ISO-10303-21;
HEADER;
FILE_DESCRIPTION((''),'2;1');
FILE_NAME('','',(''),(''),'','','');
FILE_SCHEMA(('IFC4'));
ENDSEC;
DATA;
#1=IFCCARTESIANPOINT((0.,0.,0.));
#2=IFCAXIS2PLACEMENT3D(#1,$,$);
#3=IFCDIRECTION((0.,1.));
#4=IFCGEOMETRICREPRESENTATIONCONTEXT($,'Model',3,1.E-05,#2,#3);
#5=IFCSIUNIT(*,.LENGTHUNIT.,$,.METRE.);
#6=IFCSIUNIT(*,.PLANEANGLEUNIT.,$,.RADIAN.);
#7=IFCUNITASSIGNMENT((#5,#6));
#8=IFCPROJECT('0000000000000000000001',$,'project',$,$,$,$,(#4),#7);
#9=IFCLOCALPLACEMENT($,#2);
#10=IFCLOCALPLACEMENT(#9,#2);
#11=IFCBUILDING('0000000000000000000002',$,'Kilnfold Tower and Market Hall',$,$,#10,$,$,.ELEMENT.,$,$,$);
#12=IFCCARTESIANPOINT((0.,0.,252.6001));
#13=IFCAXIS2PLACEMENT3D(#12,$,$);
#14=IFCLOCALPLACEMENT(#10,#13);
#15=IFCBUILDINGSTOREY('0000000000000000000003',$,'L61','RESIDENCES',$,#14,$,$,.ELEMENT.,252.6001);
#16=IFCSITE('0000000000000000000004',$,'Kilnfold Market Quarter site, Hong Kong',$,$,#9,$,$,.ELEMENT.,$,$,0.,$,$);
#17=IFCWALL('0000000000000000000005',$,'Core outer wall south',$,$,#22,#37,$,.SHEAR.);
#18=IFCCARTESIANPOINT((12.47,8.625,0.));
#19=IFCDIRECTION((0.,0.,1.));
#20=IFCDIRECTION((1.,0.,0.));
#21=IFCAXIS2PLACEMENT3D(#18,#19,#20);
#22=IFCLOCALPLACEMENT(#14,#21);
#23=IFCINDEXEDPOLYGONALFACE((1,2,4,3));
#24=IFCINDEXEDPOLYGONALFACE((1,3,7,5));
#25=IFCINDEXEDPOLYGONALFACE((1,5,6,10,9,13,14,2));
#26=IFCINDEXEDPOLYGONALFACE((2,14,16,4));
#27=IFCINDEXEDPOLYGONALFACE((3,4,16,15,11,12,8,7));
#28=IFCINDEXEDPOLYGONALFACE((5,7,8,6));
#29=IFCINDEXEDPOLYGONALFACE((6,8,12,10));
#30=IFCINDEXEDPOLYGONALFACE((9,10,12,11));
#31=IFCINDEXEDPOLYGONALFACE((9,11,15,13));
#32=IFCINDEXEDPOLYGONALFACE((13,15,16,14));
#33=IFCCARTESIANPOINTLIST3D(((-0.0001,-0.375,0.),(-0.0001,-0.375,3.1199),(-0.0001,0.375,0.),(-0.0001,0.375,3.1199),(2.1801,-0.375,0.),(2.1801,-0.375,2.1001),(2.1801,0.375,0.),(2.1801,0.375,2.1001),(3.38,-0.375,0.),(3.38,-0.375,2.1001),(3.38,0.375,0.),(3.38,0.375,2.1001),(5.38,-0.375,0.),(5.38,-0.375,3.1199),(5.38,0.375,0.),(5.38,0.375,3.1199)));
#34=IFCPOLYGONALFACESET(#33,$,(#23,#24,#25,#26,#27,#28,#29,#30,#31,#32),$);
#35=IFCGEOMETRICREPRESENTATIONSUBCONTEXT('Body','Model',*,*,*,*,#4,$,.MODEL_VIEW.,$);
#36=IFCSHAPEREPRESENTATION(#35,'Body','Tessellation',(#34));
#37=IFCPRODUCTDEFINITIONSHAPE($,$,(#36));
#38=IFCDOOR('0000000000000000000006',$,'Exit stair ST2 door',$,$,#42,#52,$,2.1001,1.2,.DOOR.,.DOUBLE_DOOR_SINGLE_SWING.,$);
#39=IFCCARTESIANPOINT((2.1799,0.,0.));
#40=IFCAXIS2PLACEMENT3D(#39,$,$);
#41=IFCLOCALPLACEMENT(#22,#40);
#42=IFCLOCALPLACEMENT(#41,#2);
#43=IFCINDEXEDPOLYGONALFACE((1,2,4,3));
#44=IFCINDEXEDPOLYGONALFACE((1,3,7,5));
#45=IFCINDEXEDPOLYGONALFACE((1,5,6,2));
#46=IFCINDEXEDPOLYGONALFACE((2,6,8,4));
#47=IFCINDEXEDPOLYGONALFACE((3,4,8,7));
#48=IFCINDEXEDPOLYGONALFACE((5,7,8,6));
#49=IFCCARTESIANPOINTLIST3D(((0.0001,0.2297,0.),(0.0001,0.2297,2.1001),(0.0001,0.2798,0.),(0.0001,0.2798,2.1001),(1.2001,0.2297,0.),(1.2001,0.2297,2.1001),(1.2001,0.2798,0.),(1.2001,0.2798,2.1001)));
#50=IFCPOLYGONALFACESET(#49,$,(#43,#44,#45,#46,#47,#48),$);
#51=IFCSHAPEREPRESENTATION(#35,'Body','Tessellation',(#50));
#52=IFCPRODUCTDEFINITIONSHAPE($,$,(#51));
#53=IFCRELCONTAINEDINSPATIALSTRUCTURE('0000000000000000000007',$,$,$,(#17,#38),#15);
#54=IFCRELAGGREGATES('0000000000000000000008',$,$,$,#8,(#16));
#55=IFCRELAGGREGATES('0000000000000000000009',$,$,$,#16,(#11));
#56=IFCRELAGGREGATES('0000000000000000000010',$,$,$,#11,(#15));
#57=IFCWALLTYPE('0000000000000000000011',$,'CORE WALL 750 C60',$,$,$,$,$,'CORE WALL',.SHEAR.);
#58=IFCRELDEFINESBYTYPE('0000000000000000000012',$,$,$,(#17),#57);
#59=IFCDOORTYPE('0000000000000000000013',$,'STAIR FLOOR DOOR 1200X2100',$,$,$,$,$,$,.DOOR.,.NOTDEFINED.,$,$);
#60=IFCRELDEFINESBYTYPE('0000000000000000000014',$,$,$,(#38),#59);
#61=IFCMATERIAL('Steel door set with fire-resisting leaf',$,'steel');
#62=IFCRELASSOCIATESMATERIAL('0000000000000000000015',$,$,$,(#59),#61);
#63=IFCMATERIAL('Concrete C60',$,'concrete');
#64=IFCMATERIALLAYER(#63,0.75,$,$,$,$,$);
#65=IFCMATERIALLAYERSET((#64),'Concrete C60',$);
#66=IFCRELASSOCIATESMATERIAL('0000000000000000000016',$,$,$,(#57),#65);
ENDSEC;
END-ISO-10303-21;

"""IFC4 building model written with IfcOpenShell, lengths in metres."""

from ifc_helpers import new_model, si_unit, direction, frame, frame_2d, origin, place, context, subcontext, project, spatial, rectangle, extrude, source, transform, mapped, material, layer, layer_set, type_object, element, fill, save


model = new_model("IFC4")

# Units and contexts
model_context = context("Model", 3, precision=1e-05, world=origin(), true_north=direction((0.0, 1.0)))
body_context = subcontext(model_context, "Body", "Model", "MODEL_VIEW")
ifc_project = project(units=[si_unit("LENGTHUNIT", "METRE"), si_unit("PLANEANGLEUNIT", "RADIAN")], contexts=[model_context])

# Site, building, storey
site_placement = place(None, origin())
site = spatial("IfcSite", under=ifc_project, at=site_placement, Name="Kilnfold Market Quarter site, Hong Kong", CompositionType="ELEMENT", RefElevation=0.0)
building_placement = place(site_placement, origin())
building = spatial("IfcBuilding", under=site, at=building_placement, Name="Kilnfold Tower and Market Hall", CompositionType="ELEMENT")
storey_placement = place(building_placement, frame((0.0, 0.0, 252.6001)))
storey = spatial("IfcBuildingStorey", under=building, at=storey_placement, Name="L61", Description="RESIDENCES", CompositionType="ELEMENT", Elevation=252.6001)

# Shared definitions
ifc_material_1 = material(Name="Steel door set with fire-resisting leaf", Category="steel")
door_type_1 = type_object("IfcDoorType", Name="STAIR FLOOR DOOR 1200X2100", OperationType="NOTDEFINED", PredefinedType="DOOR", material=ifc_material_1)

# Shared definitions
ifc_material_2 = material(Name="Concrete C60", Category="concrete")
ifc_layer_1 = layer(ifc_material_2, 0.75)
ifc_layer_set_1 = layer_set([ifc_layer_1], Name="Concrete C60")
wall_type_1 = type_object("IfcWallType", Name="CORE WALL 750 C60", ElementType="CORE WALL", PredefinedType="SHEAR", material=ifc_layer_set_1)

# Wall, opening, door
shared_shape_1 = source(origin(), body_context, "Body", "SweptSolid", [
    extrude(rectangle(XDim=5.3801, YDim=0.75, at=frame_2d((2.6899, 0.0))), origin(), (0.0, 0.0, 1.0), 3.1199),
])
wall_1_placement = place(storey_placement, frame((12.47, 8.625, 0.0), z_axis=(0.0, 0.0, 1.0), x_axis=(1.0, 0.0, 0.0)))
wall_1 = element("IfcWall", 1, at=wall_1_placement, inside=storey, type_object=wall_type_1, Name="Core outer wall south", PredefinedType="SHEAR", context=body_context, shape_type="MappedRepresentation", body=[
    mapped(shared_shape_1, transform((0.0, 0.0, 0.0))),
])
opening_1_placement = place(wall_1_placement, frame((2.1799, 0.0, 0.0)))
opening_1 = element("IfcOpeningElement", 2, at=opening_1_placement, cuts=wall_1, PredefinedType="OPENING", context=body_context, shape_type="SweptSolid", body=[
    extrude(rectangle(XDim=1.2, YDim=2.1001, at=frame_2d((0.6001, 1.05))), frame((0.0, 0.385, 0.0), z_axis=(0.0, -1.0, 0.0), x_axis=(1.0, 0.0, 0.0)), (0.0, 0.0, 1.0), 0.77),
])
door_1_placement = place(opening_1_placement, origin())
door_1 = element("IfcDoor", 3, at=door_1_placement, inside=storey, type_object=door_type_1, Name="Exit stair ST2 door", OperationType="DOUBLE_DOOR_SINGLE_SWING", OverallHeight=2.1001, OverallWidth=1.2, PredefinedType="DOOR", context=body_context, shape_type="SweptSolid", body=[
    extrude(rectangle(XDim=1.2, YDim=2.1001, at=frame_2d((0.6001, 1.05))), frame((0.0, 0.2798, 0.0), z_axis=(0.0, -1.0, 0.0), x_axis=(1.0, 0.0, 0.0)), (0.0, 0.0, 1.0), 0.05),
])
fill(opening_1, door_1)

save(model, "model.ifc")
